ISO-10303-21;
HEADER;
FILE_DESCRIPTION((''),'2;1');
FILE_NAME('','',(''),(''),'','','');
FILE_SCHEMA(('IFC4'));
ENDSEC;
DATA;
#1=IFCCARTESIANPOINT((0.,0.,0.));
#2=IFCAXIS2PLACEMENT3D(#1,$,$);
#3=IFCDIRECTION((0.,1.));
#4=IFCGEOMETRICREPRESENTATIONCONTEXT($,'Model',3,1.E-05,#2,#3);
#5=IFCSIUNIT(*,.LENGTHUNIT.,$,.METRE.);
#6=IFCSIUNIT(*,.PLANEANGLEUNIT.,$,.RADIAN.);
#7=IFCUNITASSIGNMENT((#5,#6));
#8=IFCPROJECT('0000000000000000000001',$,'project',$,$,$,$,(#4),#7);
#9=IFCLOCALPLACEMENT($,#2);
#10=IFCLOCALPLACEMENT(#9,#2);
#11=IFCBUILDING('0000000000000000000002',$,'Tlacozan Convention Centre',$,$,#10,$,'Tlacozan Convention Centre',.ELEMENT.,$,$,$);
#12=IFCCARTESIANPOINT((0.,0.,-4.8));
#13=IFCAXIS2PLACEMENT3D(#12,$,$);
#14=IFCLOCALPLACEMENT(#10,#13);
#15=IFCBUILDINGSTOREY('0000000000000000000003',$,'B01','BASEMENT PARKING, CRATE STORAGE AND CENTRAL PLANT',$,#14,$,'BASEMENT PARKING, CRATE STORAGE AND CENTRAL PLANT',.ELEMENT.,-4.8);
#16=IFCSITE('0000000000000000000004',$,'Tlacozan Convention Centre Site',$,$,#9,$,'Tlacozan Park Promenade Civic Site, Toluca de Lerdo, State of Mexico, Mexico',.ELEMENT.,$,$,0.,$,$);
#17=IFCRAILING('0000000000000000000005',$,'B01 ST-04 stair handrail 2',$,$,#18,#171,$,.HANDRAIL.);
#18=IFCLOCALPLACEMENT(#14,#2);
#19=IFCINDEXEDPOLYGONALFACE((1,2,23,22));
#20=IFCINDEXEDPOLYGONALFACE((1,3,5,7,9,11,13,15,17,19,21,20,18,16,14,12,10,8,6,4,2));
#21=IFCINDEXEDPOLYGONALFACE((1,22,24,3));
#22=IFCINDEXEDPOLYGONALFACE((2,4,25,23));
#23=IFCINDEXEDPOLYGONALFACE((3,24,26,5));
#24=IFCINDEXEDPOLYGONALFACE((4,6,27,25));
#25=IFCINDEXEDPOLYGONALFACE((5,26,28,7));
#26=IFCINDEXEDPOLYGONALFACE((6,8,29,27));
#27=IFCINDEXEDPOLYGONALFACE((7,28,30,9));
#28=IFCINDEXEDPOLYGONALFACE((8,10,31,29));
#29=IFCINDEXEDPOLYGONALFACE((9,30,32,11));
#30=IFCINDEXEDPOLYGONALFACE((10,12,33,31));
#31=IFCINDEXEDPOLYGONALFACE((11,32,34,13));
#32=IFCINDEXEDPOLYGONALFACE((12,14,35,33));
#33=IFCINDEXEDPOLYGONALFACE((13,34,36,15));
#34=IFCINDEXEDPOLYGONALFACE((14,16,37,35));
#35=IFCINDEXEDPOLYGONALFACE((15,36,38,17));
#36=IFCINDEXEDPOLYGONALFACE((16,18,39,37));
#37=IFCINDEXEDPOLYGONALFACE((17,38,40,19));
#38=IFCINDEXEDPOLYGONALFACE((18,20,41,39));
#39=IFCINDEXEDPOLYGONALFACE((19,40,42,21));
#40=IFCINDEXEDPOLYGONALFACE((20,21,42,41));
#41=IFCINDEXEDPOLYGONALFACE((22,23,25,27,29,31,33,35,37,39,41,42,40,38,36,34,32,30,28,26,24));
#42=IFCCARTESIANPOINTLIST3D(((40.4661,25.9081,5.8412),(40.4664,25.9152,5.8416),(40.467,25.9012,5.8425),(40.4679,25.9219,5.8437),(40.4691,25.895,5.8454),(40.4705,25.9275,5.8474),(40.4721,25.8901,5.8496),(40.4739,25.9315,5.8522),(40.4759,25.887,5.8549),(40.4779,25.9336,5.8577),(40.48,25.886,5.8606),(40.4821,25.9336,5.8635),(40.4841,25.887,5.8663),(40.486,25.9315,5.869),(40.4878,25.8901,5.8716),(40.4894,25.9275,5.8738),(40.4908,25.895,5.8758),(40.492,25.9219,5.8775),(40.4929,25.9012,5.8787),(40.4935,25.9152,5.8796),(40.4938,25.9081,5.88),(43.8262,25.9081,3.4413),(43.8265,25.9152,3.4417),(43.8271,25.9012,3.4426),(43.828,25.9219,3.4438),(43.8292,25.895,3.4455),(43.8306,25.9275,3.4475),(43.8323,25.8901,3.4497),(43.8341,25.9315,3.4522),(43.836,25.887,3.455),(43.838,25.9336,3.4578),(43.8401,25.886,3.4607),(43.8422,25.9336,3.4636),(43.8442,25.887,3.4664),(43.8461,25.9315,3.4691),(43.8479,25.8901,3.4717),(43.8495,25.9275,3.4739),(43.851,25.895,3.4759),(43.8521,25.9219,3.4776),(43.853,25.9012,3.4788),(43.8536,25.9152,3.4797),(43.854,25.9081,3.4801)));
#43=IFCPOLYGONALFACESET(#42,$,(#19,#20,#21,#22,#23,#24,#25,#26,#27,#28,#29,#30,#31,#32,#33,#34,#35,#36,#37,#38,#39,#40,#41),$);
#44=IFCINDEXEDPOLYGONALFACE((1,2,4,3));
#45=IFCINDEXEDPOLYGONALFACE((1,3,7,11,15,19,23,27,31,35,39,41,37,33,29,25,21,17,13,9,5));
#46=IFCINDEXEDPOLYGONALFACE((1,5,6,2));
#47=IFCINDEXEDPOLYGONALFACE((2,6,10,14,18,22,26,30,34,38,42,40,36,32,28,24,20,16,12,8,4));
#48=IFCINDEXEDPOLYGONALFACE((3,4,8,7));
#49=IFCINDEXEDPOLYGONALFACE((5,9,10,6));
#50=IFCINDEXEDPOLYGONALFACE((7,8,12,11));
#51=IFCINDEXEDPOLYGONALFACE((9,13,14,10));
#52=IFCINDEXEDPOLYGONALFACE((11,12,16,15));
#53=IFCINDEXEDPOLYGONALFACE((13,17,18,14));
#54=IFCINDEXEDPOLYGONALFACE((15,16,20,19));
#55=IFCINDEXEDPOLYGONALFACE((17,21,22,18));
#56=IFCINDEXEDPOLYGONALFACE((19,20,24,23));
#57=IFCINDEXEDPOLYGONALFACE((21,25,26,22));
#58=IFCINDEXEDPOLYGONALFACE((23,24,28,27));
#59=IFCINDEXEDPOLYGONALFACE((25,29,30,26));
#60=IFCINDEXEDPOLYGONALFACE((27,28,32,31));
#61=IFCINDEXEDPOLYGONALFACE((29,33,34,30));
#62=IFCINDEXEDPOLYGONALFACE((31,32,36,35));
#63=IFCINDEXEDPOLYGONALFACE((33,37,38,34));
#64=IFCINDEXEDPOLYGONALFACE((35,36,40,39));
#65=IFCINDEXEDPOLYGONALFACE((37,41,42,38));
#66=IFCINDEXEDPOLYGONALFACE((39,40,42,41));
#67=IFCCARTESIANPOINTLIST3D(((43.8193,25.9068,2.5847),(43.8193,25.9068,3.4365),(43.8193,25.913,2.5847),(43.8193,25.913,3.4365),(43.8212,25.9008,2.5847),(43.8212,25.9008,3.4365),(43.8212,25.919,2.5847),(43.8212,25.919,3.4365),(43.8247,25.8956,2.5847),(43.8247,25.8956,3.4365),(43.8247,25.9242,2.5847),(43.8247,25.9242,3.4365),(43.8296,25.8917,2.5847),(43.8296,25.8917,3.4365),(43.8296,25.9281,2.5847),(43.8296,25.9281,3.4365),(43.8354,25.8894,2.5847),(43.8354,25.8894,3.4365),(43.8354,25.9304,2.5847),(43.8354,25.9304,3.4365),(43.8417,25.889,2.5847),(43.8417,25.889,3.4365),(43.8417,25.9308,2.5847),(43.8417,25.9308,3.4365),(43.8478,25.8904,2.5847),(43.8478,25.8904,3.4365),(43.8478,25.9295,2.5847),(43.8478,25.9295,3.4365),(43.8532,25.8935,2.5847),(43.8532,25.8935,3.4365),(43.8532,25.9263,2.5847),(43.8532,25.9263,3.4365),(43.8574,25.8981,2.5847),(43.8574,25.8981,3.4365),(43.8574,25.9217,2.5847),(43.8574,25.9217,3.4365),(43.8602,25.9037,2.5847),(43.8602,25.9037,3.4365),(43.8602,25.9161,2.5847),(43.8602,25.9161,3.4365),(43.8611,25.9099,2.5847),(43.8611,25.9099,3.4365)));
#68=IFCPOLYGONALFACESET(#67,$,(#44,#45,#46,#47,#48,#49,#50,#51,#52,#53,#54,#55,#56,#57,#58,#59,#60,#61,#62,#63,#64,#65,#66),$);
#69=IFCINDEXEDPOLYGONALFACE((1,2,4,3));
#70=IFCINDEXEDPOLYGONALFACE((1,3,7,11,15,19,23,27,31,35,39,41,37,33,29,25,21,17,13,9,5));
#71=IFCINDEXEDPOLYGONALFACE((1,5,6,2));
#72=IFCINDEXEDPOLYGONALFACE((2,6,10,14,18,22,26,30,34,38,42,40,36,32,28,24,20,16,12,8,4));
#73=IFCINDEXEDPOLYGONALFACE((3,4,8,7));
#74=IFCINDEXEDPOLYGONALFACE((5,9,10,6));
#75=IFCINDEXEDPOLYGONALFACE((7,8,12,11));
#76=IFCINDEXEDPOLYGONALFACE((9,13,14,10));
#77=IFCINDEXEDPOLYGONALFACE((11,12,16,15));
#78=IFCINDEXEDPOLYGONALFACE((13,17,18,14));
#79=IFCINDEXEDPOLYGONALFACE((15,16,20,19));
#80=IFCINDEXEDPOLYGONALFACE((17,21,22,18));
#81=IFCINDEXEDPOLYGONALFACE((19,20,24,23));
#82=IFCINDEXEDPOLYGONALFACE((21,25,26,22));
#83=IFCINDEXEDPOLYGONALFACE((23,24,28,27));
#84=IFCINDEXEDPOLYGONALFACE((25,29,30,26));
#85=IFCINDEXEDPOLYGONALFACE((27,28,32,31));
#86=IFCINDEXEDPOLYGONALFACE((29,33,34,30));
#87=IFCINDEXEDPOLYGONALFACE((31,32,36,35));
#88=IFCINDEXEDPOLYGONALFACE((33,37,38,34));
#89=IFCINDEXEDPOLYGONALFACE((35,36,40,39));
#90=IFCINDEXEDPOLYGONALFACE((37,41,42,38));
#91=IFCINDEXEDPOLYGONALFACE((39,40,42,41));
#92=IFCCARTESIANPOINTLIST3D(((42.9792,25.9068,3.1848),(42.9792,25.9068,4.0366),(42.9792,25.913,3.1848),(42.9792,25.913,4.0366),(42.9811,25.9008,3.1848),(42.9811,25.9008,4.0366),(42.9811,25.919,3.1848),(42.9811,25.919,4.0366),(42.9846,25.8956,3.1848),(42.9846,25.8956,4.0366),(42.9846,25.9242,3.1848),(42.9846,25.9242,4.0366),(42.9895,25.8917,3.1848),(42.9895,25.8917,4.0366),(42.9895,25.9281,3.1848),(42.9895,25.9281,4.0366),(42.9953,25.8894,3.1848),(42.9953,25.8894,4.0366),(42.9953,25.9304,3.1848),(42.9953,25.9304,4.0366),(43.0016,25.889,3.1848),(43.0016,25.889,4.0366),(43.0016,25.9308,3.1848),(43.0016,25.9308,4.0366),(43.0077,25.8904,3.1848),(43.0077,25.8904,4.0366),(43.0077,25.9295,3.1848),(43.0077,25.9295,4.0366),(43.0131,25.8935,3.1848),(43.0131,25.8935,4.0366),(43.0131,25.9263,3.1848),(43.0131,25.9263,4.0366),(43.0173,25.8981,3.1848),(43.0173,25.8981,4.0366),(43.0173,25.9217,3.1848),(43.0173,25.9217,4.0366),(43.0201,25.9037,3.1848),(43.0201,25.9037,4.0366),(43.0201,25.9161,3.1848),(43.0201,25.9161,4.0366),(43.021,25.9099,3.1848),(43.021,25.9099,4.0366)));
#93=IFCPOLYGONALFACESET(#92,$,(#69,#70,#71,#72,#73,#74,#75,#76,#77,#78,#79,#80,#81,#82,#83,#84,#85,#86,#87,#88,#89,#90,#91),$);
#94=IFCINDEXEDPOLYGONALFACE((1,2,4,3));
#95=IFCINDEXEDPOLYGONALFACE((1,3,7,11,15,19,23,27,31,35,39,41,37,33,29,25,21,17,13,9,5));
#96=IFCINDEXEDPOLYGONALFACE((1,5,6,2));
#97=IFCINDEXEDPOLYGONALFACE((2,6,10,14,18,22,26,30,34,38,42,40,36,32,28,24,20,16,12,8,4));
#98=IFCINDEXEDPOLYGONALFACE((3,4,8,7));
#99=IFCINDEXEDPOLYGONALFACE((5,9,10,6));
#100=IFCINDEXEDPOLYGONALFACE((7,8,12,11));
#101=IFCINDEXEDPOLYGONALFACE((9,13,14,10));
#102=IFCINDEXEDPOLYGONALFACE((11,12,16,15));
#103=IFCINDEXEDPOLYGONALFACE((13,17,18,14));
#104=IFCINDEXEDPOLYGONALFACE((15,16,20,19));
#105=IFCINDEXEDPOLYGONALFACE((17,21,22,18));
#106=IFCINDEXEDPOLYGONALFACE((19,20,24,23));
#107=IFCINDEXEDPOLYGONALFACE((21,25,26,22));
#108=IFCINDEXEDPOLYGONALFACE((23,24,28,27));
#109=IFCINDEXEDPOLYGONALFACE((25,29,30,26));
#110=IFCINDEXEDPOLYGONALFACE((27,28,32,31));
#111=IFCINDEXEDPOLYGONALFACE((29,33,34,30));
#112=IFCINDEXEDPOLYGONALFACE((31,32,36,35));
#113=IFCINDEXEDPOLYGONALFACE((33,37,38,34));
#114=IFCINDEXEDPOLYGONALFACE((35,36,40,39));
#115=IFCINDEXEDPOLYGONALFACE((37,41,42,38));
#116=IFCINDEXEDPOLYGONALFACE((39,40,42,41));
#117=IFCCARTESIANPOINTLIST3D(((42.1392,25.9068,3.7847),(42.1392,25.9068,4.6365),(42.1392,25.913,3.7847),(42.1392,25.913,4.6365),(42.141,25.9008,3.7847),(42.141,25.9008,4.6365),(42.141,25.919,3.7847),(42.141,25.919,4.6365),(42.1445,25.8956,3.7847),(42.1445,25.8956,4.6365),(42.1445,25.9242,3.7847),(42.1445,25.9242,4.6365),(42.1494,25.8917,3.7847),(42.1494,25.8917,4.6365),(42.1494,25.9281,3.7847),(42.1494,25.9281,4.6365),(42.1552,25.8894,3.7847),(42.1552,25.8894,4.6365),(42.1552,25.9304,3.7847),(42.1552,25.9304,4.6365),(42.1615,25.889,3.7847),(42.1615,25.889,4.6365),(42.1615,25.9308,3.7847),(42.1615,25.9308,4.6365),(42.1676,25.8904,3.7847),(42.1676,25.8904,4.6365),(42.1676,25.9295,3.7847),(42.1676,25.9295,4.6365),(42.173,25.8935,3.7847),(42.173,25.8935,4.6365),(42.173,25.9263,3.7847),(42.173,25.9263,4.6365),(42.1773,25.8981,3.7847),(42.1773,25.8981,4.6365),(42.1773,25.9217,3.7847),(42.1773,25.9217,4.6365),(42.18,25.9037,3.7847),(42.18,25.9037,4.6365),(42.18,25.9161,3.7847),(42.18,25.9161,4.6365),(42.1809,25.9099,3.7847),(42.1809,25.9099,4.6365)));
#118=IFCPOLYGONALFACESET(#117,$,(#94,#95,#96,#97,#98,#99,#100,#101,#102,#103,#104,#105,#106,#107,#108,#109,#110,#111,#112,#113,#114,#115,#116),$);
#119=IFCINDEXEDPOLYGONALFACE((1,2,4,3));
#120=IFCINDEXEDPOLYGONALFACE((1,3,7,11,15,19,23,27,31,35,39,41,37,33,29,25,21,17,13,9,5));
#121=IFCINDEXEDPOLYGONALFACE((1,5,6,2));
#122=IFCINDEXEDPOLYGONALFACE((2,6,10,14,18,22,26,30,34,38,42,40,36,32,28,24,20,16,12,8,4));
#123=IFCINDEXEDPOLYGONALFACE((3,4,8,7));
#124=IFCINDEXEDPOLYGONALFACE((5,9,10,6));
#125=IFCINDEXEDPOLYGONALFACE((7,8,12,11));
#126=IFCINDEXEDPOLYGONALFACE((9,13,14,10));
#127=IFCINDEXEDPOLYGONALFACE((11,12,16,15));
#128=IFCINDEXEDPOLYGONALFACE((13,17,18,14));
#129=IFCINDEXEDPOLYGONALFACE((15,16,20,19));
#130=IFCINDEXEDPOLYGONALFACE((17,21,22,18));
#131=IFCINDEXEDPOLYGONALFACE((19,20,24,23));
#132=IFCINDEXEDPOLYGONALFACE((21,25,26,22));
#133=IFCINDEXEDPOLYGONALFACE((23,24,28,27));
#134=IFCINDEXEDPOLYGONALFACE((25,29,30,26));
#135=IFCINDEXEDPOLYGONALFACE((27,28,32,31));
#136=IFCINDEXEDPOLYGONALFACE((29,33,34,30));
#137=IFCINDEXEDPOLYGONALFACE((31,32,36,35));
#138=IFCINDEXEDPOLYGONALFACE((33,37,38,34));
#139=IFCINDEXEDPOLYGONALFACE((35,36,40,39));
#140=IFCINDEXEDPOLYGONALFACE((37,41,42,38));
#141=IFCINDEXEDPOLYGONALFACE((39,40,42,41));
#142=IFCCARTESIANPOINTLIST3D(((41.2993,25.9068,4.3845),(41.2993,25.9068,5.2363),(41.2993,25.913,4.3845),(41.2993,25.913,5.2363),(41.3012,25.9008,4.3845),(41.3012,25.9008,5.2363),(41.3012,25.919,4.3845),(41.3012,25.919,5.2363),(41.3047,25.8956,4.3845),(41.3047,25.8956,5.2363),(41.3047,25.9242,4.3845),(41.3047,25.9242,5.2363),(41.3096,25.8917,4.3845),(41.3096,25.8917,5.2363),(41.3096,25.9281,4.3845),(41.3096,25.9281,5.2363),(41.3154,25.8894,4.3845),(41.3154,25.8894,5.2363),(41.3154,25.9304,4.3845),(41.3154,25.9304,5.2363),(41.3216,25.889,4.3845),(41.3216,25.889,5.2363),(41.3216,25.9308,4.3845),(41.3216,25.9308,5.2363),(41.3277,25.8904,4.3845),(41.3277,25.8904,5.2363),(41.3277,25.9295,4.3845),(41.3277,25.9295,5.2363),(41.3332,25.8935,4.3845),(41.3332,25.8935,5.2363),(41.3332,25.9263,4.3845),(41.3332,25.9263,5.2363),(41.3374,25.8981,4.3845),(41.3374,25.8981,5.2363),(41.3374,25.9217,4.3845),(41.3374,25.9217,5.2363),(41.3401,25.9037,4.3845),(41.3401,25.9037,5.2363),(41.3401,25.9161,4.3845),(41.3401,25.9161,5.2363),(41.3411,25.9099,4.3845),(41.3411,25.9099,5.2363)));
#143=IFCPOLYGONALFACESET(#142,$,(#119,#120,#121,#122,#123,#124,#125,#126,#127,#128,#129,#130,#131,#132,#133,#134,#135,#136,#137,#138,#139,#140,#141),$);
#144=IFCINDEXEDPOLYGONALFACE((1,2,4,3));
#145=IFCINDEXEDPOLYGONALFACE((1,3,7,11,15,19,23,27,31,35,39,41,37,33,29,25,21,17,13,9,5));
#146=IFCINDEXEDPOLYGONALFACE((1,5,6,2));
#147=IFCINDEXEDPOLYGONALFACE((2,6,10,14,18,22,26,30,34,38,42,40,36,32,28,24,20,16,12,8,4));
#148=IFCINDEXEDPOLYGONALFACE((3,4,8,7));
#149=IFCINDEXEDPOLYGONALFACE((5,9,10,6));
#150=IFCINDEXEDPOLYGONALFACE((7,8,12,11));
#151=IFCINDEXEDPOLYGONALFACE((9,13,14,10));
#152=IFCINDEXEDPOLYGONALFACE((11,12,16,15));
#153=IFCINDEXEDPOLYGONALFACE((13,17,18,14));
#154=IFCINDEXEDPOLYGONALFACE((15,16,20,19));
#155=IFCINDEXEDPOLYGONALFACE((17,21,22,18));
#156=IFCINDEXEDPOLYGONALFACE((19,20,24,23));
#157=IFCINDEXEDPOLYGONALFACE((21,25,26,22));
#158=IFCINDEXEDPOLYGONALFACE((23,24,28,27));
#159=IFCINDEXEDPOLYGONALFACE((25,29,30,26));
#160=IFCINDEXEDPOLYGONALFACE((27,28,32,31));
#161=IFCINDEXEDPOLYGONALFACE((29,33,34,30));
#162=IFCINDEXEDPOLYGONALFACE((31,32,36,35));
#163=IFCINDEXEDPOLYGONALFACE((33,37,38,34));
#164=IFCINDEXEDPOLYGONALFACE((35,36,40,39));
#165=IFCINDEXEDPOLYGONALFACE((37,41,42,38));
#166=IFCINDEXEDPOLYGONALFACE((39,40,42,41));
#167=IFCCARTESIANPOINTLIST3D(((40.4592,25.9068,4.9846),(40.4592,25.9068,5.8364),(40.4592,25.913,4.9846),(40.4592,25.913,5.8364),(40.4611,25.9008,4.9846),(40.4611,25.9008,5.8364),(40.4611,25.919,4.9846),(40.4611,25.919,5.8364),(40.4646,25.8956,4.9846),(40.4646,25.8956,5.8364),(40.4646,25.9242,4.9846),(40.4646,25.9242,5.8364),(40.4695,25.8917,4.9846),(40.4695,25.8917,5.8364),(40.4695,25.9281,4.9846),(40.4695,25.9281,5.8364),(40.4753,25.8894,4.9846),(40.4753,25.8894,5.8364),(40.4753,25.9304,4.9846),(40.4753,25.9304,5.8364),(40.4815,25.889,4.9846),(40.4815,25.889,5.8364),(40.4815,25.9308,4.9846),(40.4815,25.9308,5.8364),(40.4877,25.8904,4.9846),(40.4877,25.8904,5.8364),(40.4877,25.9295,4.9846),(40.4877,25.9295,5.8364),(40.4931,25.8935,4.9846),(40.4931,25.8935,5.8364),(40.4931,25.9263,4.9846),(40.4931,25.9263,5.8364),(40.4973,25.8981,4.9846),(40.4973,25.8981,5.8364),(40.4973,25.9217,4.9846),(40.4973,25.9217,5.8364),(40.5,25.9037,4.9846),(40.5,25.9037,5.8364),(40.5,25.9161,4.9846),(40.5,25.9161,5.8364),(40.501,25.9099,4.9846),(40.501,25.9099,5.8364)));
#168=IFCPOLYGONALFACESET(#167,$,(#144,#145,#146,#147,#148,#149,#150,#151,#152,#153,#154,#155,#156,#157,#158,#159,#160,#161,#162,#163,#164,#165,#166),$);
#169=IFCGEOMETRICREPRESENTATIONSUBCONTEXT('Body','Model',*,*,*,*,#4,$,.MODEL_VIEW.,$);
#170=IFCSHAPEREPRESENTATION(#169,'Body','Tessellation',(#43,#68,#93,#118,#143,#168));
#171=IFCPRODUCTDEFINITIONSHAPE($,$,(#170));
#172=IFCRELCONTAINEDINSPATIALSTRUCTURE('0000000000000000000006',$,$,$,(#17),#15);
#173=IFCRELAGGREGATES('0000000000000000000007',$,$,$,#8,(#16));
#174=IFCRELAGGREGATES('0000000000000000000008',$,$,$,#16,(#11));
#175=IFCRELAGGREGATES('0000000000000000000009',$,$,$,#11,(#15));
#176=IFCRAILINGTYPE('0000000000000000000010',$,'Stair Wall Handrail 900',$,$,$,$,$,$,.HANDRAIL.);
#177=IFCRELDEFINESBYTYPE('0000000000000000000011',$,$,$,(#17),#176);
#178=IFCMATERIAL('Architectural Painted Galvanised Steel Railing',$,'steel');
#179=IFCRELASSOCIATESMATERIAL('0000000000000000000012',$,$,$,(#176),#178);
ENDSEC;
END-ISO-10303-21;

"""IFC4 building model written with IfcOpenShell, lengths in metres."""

from ifc_helpers import new_model, si_unit, direction, frame, origin, origin_2d, place, context, subcontext, project, spatial, circle, extrude, material, type_object, element, save


model = new_model("IFC4")

# Units and contexts
model_context = context("Model", 3, precision=1e-05, world=origin(), true_north=direction((0.0, 1.0)))
body_context = subcontext(model_context, "Body", "Model", "MODEL_VIEW")
ifc_project = project(units=[si_unit("LENGTHUNIT", "METRE"), si_unit("PLANEANGLEUNIT", "RADIAN")], contexts=[model_context])

# Site, building, storey
site_placement = place(None, origin())
site = spatial("IfcSite", under=ifc_project, at=site_placement, Name="Tlacozan Convention Centre Site", LongName="Tlacozan Park Promenade Civic Site, Toluca de Lerdo, State of Mexico, Mexico", CompositionType="ELEMENT", RefElevation=0.0)
building_placement = place(site_placement, origin())
building = spatial("IfcBuilding", under=site, at=building_placement, Name="Tlacozan Convention Centre", LongName="Tlacozan Convention Centre", CompositionType="ELEMENT")
storey_placement = place(building_placement, frame((0.0, 0.0, -4.8)))
storey = spatial("IfcBuildingStorey", under=building, at=storey_placement, Name="B01", Description="BASEMENT PARKING, CRATE STORAGE AND CENTRAL PLANT", LongName="BASEMENT PARKING, CRATE STORAGE AND CENTRAL PLANT", CompositionType="ELEMENT", Elevation=-4.8)

# Railing
ifc_material_1 = material(Name="Architectural Painted Galvanised Steel Railing", Category="steel")
railing_type_1 = type_object("IfcRailingType", Name="Stair Wall Handrail 900", PredefinedType="HANDRAIL", material=ifc_material_1)
railing_1_placement = place(storey_placement, frame((43.8401, 25.9099, 2.5847)))
element("IfcRailing", 1, at=railing_1_placement, inside=storey, type_object=railing_type_1, Name="B01 ST-04 stair handrail 2", PredefinedType="HANDRAIL", context=body_context, shape_type="SweptSolid", body=[
    extrude(circle(Radius=0.0239, at=origin_2d()), frame((0.0, 0.0, 0.876), z_axis=(-0.813753, 0.0, 0.58121), x_axis=(0.0, -1.0, 0.0)), (0.0, 0.0, 1.0), 4.1292),
    extrude(circle(Radius=0.021, at=origin_2d()), origin(), (0.0, 0.0, 1.0), 0.8518),
    extrude(circle(Radius=0.021, at=origin_2d()), frame((-0.8401, 0.0, 0.6001)), (0.0, 0.0, 1.0), 0.8518),
    extrude(circle(Radius=0.021, at=origin_2d()), frame((-1.6802, 0.0, 1.2)), (0.0, 0.0, 1.0), 0.8518),
    extrude(circle(Radius=0.021, at=origin_2d()), frame((-2.52, 0.0, 1.7998)), (0.0, 0.0, 1.0), 0.8518),
    extrude(circle(Radius=0.021, at=origin_2d()), frame((-3.3601, 0.0, 2.3999)), (0.0, 0.0, 1.0), 0.8518),
])

save(model, "model.ifc")
